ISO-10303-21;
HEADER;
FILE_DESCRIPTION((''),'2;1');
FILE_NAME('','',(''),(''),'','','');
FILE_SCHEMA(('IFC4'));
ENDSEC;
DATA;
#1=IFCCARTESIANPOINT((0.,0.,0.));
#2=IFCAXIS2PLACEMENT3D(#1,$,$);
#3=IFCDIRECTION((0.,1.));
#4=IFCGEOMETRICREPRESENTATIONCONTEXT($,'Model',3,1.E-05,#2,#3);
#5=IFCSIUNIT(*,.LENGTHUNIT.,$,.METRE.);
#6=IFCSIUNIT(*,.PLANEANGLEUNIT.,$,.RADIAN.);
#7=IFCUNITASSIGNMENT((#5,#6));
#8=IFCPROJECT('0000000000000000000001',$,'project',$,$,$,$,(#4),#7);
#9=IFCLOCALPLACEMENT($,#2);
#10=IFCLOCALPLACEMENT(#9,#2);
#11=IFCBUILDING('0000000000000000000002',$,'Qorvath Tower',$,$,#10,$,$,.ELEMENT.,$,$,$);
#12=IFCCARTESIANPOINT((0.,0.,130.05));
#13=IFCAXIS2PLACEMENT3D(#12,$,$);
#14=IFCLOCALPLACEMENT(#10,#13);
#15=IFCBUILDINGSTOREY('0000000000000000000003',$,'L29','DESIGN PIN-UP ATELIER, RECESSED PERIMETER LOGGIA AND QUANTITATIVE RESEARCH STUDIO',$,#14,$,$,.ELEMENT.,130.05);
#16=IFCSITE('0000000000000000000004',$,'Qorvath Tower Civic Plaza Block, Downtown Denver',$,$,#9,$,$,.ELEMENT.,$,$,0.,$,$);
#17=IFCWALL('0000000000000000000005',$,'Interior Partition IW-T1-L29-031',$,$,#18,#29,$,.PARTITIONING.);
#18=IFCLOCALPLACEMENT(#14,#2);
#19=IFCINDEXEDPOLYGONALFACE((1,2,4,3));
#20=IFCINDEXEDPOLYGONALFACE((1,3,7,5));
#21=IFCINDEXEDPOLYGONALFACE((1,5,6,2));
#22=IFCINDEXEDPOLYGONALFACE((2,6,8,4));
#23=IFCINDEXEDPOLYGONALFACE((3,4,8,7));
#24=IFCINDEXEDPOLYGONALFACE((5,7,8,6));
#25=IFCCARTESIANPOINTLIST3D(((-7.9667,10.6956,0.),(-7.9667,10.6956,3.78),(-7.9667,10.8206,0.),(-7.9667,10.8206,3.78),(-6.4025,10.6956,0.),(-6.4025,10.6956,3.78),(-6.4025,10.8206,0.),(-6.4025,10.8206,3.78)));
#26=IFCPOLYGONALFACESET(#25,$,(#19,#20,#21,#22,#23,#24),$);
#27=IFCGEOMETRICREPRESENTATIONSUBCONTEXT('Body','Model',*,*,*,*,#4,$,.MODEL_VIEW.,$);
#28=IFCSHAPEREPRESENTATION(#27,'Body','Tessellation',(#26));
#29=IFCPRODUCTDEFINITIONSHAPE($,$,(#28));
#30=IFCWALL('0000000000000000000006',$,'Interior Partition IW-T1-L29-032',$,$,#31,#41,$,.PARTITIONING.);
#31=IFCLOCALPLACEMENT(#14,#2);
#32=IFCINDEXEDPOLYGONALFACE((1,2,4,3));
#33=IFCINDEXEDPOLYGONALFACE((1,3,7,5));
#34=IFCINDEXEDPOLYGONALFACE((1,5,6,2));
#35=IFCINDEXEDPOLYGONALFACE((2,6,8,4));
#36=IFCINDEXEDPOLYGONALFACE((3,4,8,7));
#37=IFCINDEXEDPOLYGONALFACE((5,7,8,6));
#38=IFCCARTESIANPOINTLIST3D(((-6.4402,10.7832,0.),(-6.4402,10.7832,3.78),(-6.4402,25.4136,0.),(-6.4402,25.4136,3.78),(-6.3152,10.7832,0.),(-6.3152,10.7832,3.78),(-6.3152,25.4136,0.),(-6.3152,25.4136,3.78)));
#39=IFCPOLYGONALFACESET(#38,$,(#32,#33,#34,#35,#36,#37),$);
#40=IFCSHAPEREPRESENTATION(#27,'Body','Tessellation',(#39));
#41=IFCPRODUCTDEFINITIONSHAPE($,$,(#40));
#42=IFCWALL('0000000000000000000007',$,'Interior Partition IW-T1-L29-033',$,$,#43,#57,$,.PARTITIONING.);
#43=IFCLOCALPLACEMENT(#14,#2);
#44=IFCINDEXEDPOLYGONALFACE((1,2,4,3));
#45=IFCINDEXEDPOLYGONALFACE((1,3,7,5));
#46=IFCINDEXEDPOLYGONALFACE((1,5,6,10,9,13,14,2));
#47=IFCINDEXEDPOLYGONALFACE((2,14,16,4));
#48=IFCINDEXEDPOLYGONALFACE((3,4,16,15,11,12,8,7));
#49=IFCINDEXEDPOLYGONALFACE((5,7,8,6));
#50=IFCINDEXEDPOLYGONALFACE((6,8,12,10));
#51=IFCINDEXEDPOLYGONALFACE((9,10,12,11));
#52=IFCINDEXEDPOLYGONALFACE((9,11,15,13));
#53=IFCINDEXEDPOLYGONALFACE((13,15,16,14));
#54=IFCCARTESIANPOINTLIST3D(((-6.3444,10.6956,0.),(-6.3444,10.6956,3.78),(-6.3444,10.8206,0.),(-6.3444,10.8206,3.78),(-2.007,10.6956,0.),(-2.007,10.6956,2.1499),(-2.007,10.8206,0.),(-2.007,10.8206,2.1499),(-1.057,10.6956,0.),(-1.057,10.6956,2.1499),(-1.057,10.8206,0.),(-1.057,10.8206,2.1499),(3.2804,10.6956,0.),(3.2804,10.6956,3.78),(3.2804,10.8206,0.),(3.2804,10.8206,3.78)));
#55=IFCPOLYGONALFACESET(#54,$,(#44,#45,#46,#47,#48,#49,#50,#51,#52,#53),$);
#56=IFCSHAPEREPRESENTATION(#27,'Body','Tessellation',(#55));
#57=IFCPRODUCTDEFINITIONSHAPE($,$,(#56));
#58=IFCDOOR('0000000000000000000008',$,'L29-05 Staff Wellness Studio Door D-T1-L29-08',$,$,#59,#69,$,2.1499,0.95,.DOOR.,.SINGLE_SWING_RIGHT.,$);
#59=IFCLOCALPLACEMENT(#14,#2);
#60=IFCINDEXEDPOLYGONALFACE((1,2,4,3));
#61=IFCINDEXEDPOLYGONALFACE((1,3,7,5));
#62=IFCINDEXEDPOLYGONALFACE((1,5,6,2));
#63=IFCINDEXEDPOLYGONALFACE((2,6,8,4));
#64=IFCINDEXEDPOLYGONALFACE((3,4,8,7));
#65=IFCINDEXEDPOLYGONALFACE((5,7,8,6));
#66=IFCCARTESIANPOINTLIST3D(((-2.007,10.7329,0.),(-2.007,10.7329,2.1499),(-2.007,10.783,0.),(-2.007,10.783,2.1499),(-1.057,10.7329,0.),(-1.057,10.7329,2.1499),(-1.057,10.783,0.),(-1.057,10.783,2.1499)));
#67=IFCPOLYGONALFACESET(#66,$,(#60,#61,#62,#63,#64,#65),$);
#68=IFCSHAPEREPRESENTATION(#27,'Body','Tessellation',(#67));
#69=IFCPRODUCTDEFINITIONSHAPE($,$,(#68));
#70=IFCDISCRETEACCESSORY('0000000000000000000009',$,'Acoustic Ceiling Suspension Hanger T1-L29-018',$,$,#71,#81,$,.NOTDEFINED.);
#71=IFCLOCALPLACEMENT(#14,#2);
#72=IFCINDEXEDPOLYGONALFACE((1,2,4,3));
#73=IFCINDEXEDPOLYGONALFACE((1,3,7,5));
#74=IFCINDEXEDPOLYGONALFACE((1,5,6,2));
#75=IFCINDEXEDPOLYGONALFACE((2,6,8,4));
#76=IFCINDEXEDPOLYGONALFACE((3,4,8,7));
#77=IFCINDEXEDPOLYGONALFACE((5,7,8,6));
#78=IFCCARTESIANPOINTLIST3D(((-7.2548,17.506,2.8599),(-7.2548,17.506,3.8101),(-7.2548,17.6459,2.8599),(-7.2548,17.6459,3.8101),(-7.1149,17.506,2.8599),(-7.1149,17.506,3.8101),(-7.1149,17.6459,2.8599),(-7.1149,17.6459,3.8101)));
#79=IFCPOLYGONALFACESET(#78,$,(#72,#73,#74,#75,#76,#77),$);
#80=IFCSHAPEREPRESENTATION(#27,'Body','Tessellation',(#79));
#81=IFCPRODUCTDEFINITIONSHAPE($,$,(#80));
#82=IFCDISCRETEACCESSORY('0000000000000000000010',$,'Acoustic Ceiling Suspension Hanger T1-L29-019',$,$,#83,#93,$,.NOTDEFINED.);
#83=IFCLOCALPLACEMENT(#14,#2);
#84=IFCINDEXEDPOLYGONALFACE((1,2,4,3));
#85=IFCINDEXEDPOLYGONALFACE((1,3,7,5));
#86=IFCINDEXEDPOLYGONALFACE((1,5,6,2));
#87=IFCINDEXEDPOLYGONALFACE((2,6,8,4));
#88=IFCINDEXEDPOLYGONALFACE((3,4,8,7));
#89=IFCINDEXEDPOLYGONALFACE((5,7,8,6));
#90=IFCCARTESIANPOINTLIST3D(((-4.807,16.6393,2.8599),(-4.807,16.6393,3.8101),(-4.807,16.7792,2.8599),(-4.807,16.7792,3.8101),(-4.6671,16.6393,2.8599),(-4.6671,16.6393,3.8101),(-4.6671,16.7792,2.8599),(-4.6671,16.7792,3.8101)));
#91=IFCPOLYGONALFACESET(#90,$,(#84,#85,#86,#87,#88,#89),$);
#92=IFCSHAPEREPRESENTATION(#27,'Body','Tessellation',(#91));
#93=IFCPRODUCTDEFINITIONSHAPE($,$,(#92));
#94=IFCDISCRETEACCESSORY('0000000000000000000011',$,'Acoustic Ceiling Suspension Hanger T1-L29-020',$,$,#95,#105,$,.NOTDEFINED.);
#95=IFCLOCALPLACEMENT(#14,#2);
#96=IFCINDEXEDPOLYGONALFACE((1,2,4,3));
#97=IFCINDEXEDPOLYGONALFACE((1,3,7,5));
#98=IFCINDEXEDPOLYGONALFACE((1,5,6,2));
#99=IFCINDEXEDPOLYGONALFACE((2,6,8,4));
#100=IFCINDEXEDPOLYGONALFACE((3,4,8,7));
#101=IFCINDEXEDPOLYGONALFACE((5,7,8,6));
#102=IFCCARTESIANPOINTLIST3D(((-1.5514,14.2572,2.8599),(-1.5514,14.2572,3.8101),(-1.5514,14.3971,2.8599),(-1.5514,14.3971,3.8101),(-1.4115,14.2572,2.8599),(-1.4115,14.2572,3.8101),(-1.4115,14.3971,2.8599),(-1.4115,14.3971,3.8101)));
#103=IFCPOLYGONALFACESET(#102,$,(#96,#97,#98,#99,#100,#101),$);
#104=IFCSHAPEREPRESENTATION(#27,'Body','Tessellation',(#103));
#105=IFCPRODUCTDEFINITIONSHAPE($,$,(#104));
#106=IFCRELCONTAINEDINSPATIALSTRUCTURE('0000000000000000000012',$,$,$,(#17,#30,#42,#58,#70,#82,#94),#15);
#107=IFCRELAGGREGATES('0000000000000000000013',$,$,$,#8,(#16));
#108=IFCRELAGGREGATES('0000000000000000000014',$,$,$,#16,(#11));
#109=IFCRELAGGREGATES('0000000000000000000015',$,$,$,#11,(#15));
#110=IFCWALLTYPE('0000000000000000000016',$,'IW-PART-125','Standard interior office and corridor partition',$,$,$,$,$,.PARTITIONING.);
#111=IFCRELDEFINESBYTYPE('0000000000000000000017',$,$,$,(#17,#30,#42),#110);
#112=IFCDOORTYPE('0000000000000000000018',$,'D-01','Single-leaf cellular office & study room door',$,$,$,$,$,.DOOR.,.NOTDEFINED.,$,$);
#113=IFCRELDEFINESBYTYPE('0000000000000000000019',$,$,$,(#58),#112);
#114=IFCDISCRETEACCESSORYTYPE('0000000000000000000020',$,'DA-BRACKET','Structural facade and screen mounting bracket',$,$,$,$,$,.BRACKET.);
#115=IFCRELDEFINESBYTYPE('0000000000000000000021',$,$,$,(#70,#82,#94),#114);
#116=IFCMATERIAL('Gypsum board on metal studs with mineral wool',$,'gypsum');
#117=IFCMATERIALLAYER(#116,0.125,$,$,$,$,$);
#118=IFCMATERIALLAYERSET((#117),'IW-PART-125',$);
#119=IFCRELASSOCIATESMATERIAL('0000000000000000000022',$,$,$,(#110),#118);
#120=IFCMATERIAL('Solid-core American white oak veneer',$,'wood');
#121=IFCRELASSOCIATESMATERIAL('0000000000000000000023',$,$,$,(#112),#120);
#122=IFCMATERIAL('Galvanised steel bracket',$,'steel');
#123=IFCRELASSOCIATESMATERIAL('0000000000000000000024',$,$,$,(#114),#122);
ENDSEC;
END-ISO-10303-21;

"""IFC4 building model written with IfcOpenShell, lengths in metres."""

from ifc_helpers import new_model, si_unit, direction, frame, frame_2d, origin, origin_2d, place, context, subcontext, project, spatial, rectangle, extrude, material, layer, layer_set, type_object, element, fill, save


model = new_model("IFC4")

# Units and contexts
model_context = context("Model", 3, precision=1e-05, world=origin(), true_north=direction((0.0, 1.0)))
body_context = subcontext(model_context, "Body", "Model", "MODEL_VIEW")
ifc_project = project(units=[si_unit("LENGTHUNIT", "METRE"), si_unit("PLANEANGLEUNIT", "RADIAN")], contexts=[model_context])

# Site, building, storey
site_placement = place(None, origin())
site = spatial("IfcSite", under=ifc_project, at=site_placement, Name="Qorvath Tower Civic Plaza Block, Downtown Denver", CompositionType="ELEMENT", RefElevation=0.0)
building_placement = place(site_placement, origin())
building = spatial("IfcBuilding", under=site, at=building_placement, Name="Qorvath Tower", CompositionType="ELEMENT")
storey_placement = place(building_placement, frame((0.0, 0.0, 130.05)))
storey = spatial("IfcBuildingStorey", under=building, at=storey_placement, Name="L29", Description="DESIGN PIN-UP ATELIER, RECESSED PERIMETER LOGGIA AND QUANTITATIVE RESEARCH STUDIO", CompositionType="ELEMENT", Elevation=130.05)

# Walls
ifc_material_1 = material(Name="Gypsum board on metal studs with mineral wool", Category="gypsum")
ifc_layer_1 = layer(ifc_material_1, 0.125)
ifc_layer_set_1 = layer_set([ifc_layer_1], Name="IW-PART-125")
wall_type_1 = type_object("IfcWallType", Name="IW-PART-125", Description="Standard interior office and corridor partition", PredefinedType="PARTITIONING", material=ifc_layer_set_1)
wall_1_placement = place(storey_placement, frame((-7.9668, 10.7581, 0.0), z_axis=(0.0, 0.0, 1.0), x_axis=(1.0, 0.0, 0.0)))
element("IfcWall", 1, at=wall_1_placement, inside=storey, type_object=wall_type_1, Name="Interior Partition IW-T1-L29-031", PredefinedType="PARTITIONING", context=body_context, shape_type="SweptSolid", body=[
    extrude(rectangle(XDim=1.5642, YDim=0.125, at=frame_2d((0.7822, 0.0))), origin(), (0.0, 0.0, 1.0), 3.78),
])
wall_2_placement = place(storey_placement, frame((-6.3777, 10.7832, 0.0), z_axis=(0.0, 0.0, 1.0), x_axis=(0.0, 1.0, 0.0)))
element("IfcWall", 2, at=wall_2_placement, inside=storey, type_object=wall_type_1, Name="Interior Partition IW-T1-L29-032", PredefinedType="PARTITIONING", context=body_context, shape_type="SweptSolid", body=[
    extrude(rectangle(XDim=14.6304, YDim=0.125, at=frame_2d((7.3152, 0.0))), origin(), (0.0, 0.0, 1.0), 3.78),
])

# Wall, opening, door
wall_3_placement = place(storey_placement, frame((-6.3445, 10.7581, 0.0), z_axis=(0.0, 0.0, 1.0), x_axis=(1.0, 0.0, 0.0)))
wall_3 = element("IfcWall", 3, at=wall_3_placement, inside=storey, type_object=wall_type_1, Name="Interior Partition IW-T1-L29-033", PredefinedType="PARTITIONING", context=body_context, shape_type="SweptSolid", body=[
    extrude(rectangle(XDim=9.6248, YDim=0.125, at=frame_2d((4.8125, 0.0))), origin(), (0.0, 0.0, 1.0), 3.78),
])
opening_1_placement = place(wall_3_placement, frame((4.3374, 0.0, 0.0)))
opening_1 = element("IfcOpeningElement", 4, at=opening_1_placement, cuts=wall_3, PredefinedType="OPENING", context=body_context, shape_type="SweptSolid", body=[
    extrude(rectangle(XDim=0.95, YDim=2.1499, at=frame_2d((0.4751, 1.075))), frame((0.0, 0.0725, 0.0), z_axis=(0.0, -1.0, 0.0), x_axis=(1.0, 0.0, 0.0)), (0.0, 0.0, 1.0), 0.145),
])
ifc_material_2 = material(Name="Solid-core American white oak veneer", Category="wood")
door_type_1 = type_object("IfcDoorType", Name="D-01", Description="Single-leaf cellular office & study room door", OperationType="NOTDEFINED", PredefinedType="DOOR", material=ifc_material_2)
door_1_placement = place(opening_1_placement, origin())
door_1 = element("IfcDoor", 5, at=door_1_placement, inside=storey, type_object=door_type_1, Name="L29-05 Staff Wellness Studio Door D-T1-L29-08", OperationType="SINGLE_SWING_RIGHT", OverallHeight=2.1499, OverallWidth=0.95, PredefinedType="DOOR", context=body_context, shape_type="SweptSolid", body=[
    extrude(rectangle(XDim=0.95, YDim=2.1499, at=frame_2d((0.4751, 1.075))), frame((0.0, 0.0249, 0.0), z_axis=(0.0, -1.0, 0.0), x_axis=(1.0, 0.0, 0.0)), (0.0, 0.0, 1.0), 0.05),
])
fill(opening_1, door_1)

# Discrete accessories
ifc_material_3 = material(Name="Galvanised steel bracket", Category="steel")
discrete_accessory_type = type_object("IfcDiscreteAccessoryType", Name="DA-BRACKET", Description="Structural facade and screen mounting bracket", PredefinedType="BRACKET", material=ifc_material_3)
for number, where, z_axis, x_axis, name in (
    (6, (-7.1848, 17.5759, 2.8599), (0.0, 0.0, 1.0), (1.0, 0.0, 0.0), "Acoustic Ceiling Suspension Hanger T1-L29-018"),
    (7, (-4.7371, 16.7092, 2.8599), (0.0, 0.0, 1.0), (1.0, 0.0, 0.0), "Acoustic Ceiling Suspension Hanger T1-L29-019"),
    (8, (-1.4814, 14.3271, 2.8599), (0.0, 0.0, 1.0), (1.0, 0.0, 0.0), "Acoustic Ceiling Suspension Hanger T1-L29-020"),
):
    element("IfcDiscreteAccessory", number, at=place(storey_placement, frame(where, z_axis=z_axis, x_axis=x_axis)), inside=storey, type_object=discrete_accessory_type, Name=name, PredefinedType="NOTDEFINED", context=body_context, shape_type="SweptSolid", body=[
        extrude(rectangle(XDim=0.1399, YDim=0.1399, at=origin_2d()), origin(), (0.0, 0.0, 1.0), 0.9502),
    ])

save(model, "model.ifc")
